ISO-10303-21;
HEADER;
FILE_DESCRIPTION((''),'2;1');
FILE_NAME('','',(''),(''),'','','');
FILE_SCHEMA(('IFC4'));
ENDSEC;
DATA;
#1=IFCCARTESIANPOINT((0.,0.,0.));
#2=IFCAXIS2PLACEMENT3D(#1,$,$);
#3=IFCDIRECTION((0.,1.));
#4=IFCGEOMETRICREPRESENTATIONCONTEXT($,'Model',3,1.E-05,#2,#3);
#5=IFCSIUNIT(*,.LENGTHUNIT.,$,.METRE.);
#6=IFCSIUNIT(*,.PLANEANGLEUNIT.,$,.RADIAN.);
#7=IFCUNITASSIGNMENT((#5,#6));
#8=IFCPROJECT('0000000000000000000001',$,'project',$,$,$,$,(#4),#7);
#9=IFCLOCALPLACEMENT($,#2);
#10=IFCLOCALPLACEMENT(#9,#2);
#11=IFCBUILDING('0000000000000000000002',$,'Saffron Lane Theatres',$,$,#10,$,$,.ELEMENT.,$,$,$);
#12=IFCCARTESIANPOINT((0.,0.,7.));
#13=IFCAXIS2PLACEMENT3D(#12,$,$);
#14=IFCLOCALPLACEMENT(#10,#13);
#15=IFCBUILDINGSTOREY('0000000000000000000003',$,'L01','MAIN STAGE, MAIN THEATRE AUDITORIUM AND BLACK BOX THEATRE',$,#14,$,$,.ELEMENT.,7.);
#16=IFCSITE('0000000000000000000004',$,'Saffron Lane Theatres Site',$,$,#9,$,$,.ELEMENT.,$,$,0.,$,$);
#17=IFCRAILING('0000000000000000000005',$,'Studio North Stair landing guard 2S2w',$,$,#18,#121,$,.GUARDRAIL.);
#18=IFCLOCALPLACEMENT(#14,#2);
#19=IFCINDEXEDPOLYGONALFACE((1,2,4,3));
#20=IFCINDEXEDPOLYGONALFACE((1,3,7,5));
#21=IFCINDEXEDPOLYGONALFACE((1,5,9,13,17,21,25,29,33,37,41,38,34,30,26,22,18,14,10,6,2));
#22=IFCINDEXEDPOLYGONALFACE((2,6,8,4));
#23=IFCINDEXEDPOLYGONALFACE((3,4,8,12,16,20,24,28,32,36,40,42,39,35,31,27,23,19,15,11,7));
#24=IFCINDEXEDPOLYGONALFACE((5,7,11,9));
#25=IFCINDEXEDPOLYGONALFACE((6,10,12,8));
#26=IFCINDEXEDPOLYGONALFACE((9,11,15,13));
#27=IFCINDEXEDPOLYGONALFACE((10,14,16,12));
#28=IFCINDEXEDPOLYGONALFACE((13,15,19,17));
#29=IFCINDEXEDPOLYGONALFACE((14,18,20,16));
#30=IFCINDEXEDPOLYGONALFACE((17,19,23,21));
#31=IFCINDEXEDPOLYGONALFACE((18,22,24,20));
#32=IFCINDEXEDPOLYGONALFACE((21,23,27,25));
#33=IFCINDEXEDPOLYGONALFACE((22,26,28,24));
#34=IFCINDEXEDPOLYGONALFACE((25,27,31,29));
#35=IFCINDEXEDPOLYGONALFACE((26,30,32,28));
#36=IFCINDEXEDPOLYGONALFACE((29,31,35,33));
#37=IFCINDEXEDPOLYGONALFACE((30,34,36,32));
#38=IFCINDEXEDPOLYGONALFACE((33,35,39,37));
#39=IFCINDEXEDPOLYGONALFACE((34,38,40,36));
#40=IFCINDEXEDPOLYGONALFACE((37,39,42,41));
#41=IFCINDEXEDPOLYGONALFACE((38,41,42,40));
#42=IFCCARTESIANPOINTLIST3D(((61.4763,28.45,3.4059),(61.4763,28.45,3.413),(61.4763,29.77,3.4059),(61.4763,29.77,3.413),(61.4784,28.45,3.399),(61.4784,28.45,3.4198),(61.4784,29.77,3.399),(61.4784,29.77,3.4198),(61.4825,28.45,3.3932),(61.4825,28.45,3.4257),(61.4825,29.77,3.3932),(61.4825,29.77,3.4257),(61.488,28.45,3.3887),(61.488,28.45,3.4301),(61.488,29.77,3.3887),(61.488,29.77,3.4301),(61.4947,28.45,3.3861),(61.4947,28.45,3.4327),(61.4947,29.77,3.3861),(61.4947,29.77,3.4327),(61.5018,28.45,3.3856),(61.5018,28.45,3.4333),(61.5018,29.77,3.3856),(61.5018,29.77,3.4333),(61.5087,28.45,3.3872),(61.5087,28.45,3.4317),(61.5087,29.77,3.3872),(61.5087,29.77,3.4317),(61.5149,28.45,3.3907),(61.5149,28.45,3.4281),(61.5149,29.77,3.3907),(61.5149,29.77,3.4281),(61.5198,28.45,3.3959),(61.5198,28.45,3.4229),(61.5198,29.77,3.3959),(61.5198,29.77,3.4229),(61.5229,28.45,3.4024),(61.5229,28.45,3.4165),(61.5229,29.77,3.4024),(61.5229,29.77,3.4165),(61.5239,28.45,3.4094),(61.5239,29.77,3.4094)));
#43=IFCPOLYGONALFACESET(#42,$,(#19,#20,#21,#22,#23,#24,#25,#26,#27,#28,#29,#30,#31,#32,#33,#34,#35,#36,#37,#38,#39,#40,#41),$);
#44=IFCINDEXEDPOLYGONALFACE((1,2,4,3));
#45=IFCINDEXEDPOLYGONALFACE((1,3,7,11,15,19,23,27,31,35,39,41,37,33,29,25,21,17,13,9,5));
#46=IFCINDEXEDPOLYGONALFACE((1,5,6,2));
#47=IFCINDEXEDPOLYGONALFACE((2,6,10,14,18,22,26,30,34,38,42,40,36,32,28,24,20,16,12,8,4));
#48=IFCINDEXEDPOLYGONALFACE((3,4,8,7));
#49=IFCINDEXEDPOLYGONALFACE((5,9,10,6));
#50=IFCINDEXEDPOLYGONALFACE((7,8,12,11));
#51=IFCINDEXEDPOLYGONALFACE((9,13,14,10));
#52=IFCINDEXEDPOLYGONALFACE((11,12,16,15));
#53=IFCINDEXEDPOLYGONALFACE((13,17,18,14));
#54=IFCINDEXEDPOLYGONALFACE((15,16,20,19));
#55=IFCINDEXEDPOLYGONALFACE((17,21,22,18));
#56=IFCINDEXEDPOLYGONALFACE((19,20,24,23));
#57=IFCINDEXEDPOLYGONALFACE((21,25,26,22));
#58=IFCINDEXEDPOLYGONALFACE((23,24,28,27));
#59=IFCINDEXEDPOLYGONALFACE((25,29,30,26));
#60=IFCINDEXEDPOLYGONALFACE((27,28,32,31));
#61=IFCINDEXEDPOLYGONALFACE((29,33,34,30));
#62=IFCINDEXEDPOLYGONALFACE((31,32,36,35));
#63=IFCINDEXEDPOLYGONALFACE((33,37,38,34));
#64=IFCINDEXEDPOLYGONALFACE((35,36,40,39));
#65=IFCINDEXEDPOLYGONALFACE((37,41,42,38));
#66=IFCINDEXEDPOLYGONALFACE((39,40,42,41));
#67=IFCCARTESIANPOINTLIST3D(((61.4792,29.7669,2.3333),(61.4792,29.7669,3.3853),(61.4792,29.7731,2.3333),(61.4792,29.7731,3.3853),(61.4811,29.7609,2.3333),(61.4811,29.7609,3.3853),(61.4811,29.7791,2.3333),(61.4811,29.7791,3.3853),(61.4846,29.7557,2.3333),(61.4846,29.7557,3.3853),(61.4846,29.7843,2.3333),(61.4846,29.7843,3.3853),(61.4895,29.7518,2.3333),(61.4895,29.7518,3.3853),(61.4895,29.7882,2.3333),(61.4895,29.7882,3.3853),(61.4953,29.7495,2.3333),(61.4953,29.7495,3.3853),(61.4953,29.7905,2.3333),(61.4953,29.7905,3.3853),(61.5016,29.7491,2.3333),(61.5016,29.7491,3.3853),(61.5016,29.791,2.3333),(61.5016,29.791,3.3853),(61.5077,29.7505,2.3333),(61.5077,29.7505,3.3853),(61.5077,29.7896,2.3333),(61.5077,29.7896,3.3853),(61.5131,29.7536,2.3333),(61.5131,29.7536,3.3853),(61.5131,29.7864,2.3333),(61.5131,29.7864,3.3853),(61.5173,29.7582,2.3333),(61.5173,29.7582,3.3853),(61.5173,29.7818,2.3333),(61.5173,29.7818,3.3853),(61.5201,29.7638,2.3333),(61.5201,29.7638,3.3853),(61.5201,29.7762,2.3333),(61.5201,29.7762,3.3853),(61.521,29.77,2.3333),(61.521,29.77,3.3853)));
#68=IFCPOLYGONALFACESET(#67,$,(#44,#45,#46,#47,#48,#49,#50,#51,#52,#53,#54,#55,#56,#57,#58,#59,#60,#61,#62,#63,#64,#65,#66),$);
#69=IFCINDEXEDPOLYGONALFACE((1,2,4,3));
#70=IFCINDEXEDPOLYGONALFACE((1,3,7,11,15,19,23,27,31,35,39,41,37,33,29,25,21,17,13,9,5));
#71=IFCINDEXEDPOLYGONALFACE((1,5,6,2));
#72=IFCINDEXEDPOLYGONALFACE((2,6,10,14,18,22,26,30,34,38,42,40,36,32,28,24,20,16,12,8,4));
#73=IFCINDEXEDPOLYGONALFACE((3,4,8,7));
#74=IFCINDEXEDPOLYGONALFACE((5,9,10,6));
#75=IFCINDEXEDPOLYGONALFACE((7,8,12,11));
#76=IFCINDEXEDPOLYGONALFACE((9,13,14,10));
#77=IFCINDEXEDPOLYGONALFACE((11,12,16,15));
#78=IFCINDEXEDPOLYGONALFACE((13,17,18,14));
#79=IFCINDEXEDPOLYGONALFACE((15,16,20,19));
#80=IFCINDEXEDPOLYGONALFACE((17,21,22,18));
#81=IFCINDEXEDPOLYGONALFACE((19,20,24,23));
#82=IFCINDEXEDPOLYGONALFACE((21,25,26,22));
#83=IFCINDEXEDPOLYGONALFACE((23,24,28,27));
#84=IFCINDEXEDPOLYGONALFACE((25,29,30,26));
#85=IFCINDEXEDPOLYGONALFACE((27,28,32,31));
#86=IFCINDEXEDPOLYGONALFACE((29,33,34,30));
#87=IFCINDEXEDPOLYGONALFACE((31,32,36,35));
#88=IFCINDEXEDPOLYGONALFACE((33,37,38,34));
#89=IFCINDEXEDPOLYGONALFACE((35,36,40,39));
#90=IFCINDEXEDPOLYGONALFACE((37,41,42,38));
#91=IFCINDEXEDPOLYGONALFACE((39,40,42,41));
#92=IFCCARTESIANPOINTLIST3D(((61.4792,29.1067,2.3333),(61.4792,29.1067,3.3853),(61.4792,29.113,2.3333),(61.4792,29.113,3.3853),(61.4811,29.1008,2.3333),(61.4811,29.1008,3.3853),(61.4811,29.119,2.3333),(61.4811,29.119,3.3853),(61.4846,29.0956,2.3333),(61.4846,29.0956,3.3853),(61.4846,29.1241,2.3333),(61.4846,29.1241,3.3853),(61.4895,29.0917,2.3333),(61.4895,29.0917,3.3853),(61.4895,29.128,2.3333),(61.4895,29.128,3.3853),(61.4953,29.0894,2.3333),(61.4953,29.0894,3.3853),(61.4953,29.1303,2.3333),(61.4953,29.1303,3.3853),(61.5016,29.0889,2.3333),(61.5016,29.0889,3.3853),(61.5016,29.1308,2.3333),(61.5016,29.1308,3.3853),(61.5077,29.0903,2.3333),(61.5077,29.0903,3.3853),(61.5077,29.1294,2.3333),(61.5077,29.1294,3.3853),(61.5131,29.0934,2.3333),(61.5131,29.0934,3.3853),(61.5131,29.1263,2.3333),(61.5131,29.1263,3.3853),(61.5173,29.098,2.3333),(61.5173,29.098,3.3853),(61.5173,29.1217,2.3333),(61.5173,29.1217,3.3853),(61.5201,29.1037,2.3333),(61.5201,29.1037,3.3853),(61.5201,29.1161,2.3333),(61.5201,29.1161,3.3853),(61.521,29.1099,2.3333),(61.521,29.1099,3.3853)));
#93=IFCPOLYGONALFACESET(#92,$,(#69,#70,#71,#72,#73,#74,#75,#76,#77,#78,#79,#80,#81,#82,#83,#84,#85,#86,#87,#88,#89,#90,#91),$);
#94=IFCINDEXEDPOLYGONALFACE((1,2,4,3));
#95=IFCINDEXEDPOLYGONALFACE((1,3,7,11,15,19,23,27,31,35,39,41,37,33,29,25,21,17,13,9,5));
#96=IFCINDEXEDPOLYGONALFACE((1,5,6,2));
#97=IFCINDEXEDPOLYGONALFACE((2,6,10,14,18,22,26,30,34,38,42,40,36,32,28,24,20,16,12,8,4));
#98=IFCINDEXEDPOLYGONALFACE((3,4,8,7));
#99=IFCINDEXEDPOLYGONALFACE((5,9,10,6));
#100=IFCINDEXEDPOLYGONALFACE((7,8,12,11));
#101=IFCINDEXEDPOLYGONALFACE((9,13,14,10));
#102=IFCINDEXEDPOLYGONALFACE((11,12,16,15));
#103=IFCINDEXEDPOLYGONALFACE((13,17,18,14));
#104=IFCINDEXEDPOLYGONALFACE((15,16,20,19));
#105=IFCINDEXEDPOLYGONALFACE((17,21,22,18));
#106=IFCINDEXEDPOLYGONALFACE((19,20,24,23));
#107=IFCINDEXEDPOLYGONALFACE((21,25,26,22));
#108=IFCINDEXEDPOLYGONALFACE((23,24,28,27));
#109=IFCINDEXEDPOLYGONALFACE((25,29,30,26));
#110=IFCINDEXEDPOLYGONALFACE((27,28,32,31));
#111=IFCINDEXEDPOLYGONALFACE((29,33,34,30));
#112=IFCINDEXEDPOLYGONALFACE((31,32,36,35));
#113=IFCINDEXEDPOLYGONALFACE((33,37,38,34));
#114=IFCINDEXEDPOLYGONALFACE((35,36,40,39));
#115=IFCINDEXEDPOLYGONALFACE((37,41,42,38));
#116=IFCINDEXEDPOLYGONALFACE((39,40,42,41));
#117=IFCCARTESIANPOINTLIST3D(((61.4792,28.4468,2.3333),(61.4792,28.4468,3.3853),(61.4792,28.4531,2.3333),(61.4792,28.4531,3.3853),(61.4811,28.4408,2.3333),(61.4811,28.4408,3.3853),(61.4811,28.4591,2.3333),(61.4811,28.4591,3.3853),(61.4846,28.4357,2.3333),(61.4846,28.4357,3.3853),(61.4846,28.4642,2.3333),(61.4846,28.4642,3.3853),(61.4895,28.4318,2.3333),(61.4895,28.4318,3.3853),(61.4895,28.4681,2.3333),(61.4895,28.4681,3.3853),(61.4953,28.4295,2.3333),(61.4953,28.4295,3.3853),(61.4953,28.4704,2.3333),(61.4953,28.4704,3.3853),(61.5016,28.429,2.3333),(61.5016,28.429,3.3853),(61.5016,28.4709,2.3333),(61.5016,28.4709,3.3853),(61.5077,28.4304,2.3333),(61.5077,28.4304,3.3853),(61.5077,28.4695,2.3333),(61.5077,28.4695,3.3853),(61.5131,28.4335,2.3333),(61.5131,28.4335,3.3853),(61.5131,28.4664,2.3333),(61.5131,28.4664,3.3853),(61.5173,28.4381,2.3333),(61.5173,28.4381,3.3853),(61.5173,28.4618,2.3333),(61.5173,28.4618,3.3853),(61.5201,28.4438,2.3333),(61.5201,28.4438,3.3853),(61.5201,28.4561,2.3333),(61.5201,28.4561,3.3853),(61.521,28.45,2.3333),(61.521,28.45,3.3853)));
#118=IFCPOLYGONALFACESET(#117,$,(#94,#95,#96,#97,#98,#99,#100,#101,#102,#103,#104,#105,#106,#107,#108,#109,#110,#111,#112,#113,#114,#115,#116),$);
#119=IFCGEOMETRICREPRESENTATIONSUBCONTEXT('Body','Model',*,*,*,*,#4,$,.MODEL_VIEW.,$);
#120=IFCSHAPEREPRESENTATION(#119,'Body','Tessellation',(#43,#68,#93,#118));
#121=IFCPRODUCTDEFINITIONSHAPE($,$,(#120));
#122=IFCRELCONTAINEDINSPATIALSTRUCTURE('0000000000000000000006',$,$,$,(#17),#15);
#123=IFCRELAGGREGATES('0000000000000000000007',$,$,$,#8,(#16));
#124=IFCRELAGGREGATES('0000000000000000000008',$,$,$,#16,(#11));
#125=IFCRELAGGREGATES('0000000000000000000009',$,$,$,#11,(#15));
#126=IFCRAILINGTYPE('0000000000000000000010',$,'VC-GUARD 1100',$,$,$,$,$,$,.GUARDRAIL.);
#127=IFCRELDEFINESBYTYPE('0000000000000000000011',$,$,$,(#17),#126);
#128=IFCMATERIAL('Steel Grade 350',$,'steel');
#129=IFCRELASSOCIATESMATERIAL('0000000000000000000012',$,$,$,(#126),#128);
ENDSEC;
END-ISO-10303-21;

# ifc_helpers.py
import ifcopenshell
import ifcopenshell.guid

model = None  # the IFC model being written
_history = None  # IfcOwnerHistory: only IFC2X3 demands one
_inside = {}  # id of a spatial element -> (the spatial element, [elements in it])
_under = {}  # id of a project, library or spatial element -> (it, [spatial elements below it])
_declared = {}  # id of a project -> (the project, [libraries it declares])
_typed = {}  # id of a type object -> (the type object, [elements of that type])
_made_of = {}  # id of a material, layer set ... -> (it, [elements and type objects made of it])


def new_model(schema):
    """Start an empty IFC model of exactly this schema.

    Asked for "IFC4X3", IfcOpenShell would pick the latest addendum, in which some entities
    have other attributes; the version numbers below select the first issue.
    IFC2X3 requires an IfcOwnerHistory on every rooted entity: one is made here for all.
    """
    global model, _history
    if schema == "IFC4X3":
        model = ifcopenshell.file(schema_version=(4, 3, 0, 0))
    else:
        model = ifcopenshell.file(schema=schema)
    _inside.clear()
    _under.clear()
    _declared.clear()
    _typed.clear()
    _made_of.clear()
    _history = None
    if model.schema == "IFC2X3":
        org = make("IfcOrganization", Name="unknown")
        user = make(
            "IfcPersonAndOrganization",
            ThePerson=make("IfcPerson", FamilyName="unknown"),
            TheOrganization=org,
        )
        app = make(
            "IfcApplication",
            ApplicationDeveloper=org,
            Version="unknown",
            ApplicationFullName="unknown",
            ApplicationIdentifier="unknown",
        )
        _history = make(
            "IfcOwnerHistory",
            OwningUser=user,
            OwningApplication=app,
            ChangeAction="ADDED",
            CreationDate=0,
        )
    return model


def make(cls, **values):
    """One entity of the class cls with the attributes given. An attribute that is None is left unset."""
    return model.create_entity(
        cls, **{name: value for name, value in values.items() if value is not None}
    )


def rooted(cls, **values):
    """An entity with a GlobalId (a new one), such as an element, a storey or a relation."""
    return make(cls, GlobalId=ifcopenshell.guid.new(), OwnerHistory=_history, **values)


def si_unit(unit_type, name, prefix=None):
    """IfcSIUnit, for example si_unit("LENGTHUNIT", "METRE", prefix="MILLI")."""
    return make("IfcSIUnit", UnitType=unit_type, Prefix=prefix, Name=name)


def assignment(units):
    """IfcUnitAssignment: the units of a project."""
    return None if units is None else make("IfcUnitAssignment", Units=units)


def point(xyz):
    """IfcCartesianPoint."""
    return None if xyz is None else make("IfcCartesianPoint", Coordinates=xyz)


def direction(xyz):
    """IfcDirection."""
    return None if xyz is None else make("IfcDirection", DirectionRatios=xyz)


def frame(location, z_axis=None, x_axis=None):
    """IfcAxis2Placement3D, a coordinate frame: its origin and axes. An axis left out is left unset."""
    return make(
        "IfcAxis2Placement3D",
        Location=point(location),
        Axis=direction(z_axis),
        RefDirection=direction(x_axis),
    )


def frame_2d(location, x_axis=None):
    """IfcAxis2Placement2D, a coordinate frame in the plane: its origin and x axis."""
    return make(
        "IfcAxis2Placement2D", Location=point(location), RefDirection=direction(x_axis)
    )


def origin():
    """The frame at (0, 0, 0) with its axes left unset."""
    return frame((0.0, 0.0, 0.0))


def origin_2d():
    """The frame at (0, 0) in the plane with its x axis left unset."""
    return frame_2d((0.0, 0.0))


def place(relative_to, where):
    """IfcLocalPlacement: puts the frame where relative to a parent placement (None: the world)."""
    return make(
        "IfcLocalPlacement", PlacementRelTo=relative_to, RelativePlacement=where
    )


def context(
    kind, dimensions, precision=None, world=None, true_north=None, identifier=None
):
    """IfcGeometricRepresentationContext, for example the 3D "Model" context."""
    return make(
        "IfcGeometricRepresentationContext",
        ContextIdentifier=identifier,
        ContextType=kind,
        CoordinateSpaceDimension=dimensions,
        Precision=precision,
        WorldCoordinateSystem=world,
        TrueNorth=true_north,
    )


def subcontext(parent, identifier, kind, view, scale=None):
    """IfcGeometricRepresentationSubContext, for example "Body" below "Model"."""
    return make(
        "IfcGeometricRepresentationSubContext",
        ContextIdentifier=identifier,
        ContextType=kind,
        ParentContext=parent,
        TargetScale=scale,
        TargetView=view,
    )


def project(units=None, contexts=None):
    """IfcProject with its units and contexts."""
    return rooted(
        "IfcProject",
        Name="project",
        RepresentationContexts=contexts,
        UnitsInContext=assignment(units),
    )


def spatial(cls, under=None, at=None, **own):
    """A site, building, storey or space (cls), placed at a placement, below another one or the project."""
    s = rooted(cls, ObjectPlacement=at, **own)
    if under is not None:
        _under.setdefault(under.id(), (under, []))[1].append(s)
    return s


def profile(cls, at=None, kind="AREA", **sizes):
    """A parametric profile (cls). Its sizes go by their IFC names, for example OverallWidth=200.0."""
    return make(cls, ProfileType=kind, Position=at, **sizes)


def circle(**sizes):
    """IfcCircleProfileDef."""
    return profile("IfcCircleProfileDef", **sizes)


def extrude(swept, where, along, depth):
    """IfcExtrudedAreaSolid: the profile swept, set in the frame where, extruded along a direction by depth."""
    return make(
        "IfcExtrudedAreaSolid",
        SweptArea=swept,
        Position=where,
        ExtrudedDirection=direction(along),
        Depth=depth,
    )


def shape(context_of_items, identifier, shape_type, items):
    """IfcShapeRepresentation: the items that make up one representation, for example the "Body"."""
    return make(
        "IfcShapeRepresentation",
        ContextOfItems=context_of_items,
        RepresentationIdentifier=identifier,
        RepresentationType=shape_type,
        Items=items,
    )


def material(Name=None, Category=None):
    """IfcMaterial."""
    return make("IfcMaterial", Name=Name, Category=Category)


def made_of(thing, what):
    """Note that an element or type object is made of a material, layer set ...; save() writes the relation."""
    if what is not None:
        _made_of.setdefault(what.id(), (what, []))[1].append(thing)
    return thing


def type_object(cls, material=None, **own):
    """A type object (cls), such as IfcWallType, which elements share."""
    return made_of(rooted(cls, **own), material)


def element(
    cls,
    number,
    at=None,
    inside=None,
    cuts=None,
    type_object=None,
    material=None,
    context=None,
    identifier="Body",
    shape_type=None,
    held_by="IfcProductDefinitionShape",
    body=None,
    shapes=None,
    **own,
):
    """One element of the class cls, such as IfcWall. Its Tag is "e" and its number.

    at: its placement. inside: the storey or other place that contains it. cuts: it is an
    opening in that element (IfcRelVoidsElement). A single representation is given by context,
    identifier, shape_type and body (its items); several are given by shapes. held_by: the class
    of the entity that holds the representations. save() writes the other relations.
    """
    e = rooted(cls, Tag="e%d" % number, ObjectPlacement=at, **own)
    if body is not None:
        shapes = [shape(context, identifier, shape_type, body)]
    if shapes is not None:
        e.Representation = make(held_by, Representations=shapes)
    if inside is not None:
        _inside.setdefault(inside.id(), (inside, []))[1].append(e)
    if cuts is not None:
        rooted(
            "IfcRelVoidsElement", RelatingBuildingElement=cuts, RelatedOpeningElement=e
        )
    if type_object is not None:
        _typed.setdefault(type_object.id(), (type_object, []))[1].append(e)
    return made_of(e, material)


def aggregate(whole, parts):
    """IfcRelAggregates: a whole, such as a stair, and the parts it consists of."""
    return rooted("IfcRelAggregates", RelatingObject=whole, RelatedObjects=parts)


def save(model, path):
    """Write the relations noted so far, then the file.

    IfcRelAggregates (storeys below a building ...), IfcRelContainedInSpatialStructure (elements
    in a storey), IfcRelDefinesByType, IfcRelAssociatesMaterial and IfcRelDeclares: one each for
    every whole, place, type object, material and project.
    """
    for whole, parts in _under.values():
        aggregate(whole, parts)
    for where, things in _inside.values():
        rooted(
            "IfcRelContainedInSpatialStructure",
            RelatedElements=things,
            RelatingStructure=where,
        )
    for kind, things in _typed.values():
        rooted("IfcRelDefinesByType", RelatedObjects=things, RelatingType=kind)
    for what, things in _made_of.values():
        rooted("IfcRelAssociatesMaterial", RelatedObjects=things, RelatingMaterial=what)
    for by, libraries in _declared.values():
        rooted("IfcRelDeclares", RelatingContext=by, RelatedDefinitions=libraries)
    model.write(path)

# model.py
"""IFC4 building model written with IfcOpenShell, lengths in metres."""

from ifc_helpers import new_model, si_unit, direction, frame, origin, origin_2d, place, context, subcontext, project, spatial, circle, extrude, material, type_object, element, save


model = new_model("IFC4")

# Units and contexts
model_context = context("Model", 3, precision=1e-05, world=origin(), true_north=direction((0.0, 1.0)))
body_context = subcontext(model_context, "Body", "Model", "MODEL_VIEW")
ifc_project = project(units=[si_unit("LENGTHUNIT", "METRE"), si_unit("PLANEANGLEUNIT", "RADIAN")], contexts=[model_context])

# Site, building, storey
site_placement = place(None, origin())
site = spatial("IfcSite", under=ifc_project, at=site_placement, Name="Saffron Lane Theatres Site", CompositionType="ELEMENT", RefElevation=0.0)
building_placement = place(site_placement, origin())
building = spatial("IfcBuilding", under=site, at=building_placement, Name="Saffron Lane Theatres", CompositionType="ELEMENT")
storey_placement = place(building_placement, frame((0.0, 0.0, 7.0)))
storey = spatial("IfcBuildingStorey", under=building, at=storey_placement, Name="L01", Description="MAIN STAGE, MAIN THEATRE AUDITORIUM AND BLACK BOX THEATRE", CompositionType="ELEMENT", Elevation=7.0)

# Railing
ifc_material_1 = material(Name="Steel Grade 350", Category="steel")
railing_type_1 = type_object("IfcRailingType", Name="VC-GUARD 1100", PredefinedType="GUARDRAIL", material=ifc_material_1)
railing_1_placement = place(storey_placement, frame((61.5, 29.77, 2.3333)))
element("IfcRailing", 1, at=railing_1_placement, inside=storey, type_object=railing_type_1, Name="Studio North Stair landing guard 2S2w", PredefinedType="GUARDRAIL", context=body_context, shape_type="SweptSolid", body=[
    extrude(circle(Radius=0.0239, at=origin_2d()), frame((0.0, 0.0, 1.0762), z_axis=(0.0, -1.0, 0.0), x_axis=(1.0, 0.0, 0.0)), (0.0, 0.0, 1.0), 1.3201),
    extrude(circle(Radius=0.021, at=origin_2d()), origin(), (0.0, 0.0, 1.0), 1.052),
    extrude(circle(Radius=0.021, at=origin_2d()), frame((0.0, -0.6602, 0.0)), (0.0, 0.0, 1.0), 1.052),
    extrude(circle(Radius=0.021, at=origin_2d()), frame((0.0, -1.3201, 0.0)), (0.0, 0.0, 1.0), 1.052),
])

save(model, "model.ifc")
